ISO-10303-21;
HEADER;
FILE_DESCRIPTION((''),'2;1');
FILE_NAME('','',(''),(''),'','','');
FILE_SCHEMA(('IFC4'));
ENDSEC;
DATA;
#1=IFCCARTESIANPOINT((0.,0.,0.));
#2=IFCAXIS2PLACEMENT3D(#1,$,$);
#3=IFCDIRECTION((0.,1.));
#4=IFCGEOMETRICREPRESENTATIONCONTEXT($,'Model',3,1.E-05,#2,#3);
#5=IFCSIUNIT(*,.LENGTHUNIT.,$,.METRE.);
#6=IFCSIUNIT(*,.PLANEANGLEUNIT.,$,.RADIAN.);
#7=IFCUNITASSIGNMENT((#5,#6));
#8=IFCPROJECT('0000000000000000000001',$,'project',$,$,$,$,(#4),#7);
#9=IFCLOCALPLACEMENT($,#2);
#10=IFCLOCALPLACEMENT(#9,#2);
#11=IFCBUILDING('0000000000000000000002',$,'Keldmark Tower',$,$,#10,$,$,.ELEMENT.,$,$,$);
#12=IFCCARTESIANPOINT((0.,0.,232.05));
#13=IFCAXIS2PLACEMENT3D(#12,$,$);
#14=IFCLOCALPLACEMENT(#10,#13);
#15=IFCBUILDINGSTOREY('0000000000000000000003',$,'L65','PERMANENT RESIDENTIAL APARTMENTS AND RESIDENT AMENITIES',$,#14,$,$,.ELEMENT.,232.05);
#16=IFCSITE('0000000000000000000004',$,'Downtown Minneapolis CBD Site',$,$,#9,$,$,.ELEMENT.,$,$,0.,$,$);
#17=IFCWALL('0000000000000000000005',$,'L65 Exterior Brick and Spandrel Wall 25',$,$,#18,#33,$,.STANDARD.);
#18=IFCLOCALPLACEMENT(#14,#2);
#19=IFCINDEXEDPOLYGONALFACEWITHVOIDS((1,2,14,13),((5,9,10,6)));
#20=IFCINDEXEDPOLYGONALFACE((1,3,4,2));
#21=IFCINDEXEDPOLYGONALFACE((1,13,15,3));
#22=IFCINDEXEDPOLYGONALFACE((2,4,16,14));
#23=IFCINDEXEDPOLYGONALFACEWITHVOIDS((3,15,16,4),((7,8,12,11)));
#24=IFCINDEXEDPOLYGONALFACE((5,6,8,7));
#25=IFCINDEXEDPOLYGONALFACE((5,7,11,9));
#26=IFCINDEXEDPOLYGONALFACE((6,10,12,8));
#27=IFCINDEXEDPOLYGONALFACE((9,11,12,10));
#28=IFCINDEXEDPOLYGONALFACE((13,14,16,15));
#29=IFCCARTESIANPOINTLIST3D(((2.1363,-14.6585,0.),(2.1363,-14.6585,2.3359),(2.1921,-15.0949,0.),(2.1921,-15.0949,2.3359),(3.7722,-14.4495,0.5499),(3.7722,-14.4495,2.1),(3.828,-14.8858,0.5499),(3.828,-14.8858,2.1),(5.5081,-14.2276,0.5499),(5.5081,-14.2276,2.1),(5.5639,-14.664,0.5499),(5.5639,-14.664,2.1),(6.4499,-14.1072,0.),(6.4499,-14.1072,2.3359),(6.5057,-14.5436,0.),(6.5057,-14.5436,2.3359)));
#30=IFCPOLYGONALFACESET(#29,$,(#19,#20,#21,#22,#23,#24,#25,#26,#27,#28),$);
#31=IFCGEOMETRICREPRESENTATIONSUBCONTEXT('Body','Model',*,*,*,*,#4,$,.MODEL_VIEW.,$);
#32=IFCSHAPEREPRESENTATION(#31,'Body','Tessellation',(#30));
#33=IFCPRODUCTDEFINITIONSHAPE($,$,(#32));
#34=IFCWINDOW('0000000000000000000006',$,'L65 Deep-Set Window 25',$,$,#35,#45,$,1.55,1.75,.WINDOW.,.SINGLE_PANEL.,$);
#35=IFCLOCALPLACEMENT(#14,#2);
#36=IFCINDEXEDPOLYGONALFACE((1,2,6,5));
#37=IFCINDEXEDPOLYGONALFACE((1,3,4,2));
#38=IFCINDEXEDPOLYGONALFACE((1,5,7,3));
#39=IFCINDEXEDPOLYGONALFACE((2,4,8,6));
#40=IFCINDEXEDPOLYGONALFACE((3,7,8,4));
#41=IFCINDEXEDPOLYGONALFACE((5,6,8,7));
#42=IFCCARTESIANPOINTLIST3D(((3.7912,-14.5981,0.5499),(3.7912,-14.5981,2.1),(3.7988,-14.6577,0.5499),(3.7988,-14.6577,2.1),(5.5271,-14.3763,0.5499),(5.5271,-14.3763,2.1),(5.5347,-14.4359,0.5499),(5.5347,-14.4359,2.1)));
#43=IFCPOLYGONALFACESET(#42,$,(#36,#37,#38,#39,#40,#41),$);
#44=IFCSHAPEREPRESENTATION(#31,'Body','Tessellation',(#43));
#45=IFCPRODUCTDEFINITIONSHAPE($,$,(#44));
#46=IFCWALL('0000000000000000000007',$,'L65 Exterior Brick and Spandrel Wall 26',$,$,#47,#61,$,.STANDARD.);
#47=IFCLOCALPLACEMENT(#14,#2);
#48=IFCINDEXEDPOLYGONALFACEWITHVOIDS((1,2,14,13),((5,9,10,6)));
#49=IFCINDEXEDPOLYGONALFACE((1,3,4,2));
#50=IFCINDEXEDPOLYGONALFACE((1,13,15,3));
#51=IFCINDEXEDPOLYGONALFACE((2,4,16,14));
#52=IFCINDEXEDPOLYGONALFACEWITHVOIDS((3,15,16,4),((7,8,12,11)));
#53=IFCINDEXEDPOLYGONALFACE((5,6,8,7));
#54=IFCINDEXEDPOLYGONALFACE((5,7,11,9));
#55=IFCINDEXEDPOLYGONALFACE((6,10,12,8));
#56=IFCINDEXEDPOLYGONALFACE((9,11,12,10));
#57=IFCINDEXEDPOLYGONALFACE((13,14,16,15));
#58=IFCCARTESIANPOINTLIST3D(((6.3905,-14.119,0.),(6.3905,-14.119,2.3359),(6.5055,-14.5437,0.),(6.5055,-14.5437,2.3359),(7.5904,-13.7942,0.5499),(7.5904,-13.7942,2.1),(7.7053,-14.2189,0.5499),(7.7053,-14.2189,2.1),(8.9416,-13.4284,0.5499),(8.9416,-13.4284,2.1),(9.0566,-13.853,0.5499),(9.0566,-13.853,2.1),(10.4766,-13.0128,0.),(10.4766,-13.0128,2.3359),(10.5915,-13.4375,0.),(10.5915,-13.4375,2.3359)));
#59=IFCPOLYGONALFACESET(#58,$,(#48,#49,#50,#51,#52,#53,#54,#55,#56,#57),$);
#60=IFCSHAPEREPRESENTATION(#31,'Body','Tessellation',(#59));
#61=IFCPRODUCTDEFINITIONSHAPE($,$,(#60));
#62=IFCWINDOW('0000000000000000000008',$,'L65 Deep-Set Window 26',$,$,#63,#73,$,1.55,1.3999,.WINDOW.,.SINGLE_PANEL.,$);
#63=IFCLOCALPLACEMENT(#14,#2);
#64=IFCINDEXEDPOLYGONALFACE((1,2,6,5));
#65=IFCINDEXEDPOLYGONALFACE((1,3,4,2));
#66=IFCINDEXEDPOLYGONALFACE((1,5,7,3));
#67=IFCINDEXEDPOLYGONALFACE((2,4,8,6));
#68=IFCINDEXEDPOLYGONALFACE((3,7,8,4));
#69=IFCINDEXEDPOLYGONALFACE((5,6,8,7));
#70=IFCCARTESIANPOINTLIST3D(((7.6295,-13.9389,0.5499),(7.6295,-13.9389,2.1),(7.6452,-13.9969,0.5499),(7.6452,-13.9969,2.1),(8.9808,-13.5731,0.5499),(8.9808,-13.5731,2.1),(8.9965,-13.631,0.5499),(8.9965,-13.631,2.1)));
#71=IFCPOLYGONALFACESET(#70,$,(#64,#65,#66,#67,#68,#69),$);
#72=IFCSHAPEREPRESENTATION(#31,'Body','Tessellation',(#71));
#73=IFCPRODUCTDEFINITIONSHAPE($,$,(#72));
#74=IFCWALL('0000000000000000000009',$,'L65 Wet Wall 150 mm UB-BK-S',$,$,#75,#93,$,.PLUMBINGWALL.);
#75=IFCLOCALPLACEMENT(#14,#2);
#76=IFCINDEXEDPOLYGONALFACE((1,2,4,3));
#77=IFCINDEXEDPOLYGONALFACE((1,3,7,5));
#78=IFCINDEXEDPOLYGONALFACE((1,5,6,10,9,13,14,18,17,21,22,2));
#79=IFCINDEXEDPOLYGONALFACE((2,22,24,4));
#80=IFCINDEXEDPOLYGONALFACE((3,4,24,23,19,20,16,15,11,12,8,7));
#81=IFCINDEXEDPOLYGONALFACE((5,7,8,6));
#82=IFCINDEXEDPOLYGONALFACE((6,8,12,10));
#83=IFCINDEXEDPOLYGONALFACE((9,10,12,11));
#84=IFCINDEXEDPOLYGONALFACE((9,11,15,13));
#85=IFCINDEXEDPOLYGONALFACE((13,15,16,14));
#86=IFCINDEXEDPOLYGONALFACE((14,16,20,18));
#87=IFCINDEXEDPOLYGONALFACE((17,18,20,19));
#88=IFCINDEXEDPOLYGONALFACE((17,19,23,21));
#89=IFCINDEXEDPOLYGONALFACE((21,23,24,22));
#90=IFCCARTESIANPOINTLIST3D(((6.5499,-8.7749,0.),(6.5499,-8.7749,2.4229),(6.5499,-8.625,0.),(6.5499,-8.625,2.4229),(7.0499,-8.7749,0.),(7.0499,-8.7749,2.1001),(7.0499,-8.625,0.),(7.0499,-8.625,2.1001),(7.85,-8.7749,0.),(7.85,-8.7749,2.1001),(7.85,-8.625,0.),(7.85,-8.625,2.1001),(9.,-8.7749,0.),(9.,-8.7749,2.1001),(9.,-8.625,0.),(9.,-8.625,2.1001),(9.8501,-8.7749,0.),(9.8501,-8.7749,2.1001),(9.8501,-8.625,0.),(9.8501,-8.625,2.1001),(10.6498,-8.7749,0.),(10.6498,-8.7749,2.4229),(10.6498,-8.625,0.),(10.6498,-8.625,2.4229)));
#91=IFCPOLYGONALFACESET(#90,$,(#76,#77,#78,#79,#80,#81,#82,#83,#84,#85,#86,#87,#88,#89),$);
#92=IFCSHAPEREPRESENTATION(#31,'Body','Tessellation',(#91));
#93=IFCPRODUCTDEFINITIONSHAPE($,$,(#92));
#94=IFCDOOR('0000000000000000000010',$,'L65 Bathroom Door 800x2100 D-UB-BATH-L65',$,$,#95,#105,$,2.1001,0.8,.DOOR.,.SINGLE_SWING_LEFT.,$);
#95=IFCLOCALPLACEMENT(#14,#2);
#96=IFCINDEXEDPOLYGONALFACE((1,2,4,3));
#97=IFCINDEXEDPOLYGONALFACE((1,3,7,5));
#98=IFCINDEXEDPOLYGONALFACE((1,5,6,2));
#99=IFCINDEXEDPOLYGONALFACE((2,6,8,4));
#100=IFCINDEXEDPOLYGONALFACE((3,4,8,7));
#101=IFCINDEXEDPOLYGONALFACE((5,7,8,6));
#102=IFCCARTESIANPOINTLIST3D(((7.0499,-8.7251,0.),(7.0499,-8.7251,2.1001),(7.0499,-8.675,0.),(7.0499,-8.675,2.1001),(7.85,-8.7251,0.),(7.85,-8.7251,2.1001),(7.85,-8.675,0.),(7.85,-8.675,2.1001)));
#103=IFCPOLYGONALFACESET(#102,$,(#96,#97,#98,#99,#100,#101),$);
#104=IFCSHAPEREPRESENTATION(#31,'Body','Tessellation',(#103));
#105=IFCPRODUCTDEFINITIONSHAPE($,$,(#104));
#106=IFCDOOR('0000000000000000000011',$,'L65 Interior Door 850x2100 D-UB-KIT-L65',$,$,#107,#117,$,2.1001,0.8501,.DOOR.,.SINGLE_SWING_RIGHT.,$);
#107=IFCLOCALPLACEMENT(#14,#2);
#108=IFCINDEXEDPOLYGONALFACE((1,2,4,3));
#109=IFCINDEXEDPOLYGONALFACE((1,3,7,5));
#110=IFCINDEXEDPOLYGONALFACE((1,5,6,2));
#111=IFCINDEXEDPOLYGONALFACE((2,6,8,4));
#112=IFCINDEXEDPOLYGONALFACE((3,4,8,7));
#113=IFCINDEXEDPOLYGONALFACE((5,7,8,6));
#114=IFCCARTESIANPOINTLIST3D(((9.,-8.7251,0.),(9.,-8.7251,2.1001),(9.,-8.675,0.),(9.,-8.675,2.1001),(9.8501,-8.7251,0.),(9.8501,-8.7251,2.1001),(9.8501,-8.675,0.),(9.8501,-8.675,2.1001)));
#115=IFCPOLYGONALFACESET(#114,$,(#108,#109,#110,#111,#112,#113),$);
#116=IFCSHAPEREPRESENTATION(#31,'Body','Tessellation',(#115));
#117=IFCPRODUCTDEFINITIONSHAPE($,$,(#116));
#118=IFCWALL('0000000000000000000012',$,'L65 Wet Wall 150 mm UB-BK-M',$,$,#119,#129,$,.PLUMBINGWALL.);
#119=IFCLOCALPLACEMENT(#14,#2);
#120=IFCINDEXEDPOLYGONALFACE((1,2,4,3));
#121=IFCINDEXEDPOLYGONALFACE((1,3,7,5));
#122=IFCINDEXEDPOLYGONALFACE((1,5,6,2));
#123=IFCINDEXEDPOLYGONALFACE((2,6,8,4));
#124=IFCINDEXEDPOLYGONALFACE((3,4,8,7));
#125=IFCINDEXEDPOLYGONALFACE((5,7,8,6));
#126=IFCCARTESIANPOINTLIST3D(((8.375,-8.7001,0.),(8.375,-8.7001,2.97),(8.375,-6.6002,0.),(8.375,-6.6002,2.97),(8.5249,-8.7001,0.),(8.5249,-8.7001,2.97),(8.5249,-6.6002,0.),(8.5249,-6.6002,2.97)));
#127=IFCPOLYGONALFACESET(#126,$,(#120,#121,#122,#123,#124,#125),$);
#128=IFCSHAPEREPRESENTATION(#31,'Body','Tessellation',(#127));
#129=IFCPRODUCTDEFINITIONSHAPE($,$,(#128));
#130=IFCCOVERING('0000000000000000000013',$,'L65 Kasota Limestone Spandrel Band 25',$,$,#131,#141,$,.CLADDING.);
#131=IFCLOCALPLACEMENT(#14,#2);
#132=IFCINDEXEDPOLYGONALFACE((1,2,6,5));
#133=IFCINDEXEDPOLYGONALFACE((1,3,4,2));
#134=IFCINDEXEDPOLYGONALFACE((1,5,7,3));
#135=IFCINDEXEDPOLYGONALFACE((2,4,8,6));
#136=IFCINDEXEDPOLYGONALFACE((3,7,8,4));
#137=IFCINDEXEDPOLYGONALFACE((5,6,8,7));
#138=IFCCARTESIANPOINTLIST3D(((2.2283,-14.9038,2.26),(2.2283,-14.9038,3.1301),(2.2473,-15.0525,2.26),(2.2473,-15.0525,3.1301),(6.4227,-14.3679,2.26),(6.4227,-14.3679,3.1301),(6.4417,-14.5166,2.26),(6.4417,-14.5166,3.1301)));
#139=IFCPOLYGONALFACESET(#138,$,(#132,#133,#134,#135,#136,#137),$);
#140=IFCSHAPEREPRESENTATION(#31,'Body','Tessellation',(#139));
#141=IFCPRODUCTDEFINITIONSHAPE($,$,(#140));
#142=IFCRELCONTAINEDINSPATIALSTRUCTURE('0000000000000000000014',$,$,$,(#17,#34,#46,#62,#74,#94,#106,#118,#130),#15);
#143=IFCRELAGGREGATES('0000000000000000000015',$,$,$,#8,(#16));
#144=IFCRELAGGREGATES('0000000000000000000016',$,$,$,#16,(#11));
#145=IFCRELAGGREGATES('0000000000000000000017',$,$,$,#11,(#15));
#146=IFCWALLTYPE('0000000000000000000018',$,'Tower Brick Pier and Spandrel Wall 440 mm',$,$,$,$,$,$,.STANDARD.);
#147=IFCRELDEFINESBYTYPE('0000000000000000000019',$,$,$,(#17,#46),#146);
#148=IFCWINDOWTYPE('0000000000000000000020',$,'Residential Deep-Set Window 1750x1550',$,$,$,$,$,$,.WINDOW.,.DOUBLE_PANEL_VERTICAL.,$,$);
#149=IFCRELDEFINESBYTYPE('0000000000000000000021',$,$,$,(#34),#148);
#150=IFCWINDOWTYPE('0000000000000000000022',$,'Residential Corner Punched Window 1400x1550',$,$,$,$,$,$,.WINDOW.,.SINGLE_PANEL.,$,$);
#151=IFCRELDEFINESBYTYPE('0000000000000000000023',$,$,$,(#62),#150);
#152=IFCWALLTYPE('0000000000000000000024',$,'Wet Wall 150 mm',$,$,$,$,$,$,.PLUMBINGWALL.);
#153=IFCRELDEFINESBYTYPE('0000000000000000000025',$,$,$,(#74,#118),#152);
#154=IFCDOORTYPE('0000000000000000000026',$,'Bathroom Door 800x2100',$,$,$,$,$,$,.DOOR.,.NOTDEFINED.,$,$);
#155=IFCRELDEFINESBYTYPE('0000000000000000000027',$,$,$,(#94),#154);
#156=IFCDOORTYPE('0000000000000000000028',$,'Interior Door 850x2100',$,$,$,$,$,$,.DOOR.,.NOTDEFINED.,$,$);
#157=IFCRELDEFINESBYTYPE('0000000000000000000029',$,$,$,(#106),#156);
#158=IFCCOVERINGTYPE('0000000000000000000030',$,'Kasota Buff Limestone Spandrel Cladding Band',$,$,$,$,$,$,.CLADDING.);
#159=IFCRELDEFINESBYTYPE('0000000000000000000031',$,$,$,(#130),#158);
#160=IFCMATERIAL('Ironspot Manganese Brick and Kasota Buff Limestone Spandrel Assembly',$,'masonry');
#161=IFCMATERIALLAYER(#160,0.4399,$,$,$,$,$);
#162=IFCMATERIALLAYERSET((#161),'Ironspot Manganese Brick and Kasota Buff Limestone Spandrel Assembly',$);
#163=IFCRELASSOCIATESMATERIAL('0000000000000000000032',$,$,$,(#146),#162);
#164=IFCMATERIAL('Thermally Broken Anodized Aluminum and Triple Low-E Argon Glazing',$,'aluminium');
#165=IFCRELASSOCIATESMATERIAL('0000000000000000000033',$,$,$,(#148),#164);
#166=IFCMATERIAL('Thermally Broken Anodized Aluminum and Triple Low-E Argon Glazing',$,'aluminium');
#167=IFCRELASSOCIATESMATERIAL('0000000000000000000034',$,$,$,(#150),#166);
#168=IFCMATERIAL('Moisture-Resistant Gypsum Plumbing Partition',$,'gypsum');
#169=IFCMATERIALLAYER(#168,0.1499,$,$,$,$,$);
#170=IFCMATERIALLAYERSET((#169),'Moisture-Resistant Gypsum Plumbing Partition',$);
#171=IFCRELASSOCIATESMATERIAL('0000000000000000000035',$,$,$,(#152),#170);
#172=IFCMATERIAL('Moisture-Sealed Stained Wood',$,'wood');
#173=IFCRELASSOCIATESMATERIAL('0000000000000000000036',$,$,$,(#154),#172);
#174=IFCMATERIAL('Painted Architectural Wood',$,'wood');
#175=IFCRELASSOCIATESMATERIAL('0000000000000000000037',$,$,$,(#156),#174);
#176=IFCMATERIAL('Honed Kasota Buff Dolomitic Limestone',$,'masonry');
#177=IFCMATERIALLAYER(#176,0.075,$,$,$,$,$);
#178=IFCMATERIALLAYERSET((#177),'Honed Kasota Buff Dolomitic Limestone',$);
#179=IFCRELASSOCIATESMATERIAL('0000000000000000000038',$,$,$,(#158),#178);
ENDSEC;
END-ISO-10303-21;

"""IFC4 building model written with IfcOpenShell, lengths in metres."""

from ifc_helpers import new_model, si_unit, direction, frame, frame_2d, origin, origin_2d, place, context, subcontext, project, spatial, rectangle, extrude, material, layer, layer_set, type_object, element, fill, save


model = new_model("IFC4")

# Units and contexts
model_context = context("Model", 3, precision=1e-05, world=origin(), true_north=direction((0.0, 1.0)))
body_context = subcontext(model_context, "Body", "Model", "MODEL_VIEW")
ifc_project = project(units=[si_unit("LENGTHUNIT", "METRE"), si_unit("PLANEANGLEUNIT", "RADIAN")], contexts=[model_context])

# Site, building, storey
site_placement = place(None, origin())
site = spatial("IfcSite", under=ifc_project, at=site_placement, Name="Downtown Minneapolis CBD Site", CompositionType="ELEMENT", RefElevation=0.0)
building_placement = place(site_placement, origin())
building = spatial("IfcBuilding", under=site, at=building_placement, Name="Keldmark Tower", CompositionType="ELEMENT")
storey_placement = place(building_placement, frame((0.0, 0.0, 232.05)))
storey = spatial("IfcBuildingStorey", under=building, at=storey_placement, Name="L65", Description="PERMANENT RESIDENTIAL APARTMENTS AND RESIDENT AMENITIES", CompositionType="ELEMENT", Elevation=232.05)

# Walls, openings, windows
ifc_material_1 = material(Name="Ironspot Manganese Brick and Kasota Buff Limestone Spandrel Assembly", Category="masonry")
ifc_layer_1 = layer(ifc_material_1, 0.4399)
ifc_layer_set_1 = layer_set([ifc_layer_1], Name="Ironspot Manganese Brick and Kasota Buff Limestone Spandrel Assembly")
wall_type_1 = type_object("IfcWallType", Name="Tower Brick Pier and Spandrel Wall 440 mm", PredefinedType="STANDARD", material=ifc_layer_set_1)
wall_1_placement = place(storey_placement, frame((6.4778, -14.3254, 0.0), z_axis=(0.0, 0.0, 1.0), x_axis=(-0.991932, -0.126771, 0.0)))
wall_1 = element("IfcWall", 1, at=wall_1_placement, inside=storey, type_object=wall_type_1, Name="L65 Exterior Brick and Spandrel Wall 25", PredefinedType="STANDARD", context=body_context, shape_type="SweptSolid", body=[
    extrude(rectangle(XDim=4.3486, YDim=0.4399, at=frame_2d((2.1743, 0.0))), origin(), (0.0, 0.0, 1.0), 2.3359),
])
opening_1_placement = place(wall_1_placement, frame((0.9495, 0.0, 0.55)))
opening_1 = element("IfcOpeningElement", 2, at=opening_1_placement, cuts=wall_1, PredefinedType="OPENING", context=body_context, shape_type="SweptSolid", body=[
    extrude(rectangle(XDim=1.75, YDim=1.55, at=frame_2d((0.875, 0.7749))), frame((0.0, 0.23, 0.0), z_axis=(0.0, -1.0, 0.0), x_axis=(1.0, 0.0, 0.0)), (0.0, 0.0, 1.0), 0.46),
])
ifc_material_2 = material(Name="Thermally Broken Anodized Aluminum and Triple Low-E Argon Glazing", Category="aluminium")
window_type_1 = type_object("IfcWindowType", Name="Residential Deep-Set Window 1750x1550", PartitioningType="DOUBLE_PANEL_VERTICAL", PredefinedType="WINDOW", material=ifc_material_2)
window_1_placement = place(opening_1_placement, origin())
window_1 = element("IfcWindow", 3, at=window_1_placement, inside=storey, type_object=window_type_1, Name="L65 Deep-Set Window 25", OverallHeight=1.55, OverallWidth=1.75, PartitioningType="SINGLE_PANEL", PredefinedType="WINDOW", context=body_context, shape_type="SweptSolid", body=[
    extrude(rectangle(XDim=1.75, YDim=1.55, at=frame_2d((0.875, 0.7749))), frame((0.0, -0.01, 0.0), z_axis=(0.0, -1.0, 0.0), x_axis=(1.0, 0.0, 0.0)), (0.0, 0.0, 1.0), 0.0601),
])
fill(opening_1, window_1)
wall_2_placement = place(storey_placement, frame((10.5342, -13.2251, 0.0), z_axis=(0.0, 0.0, 1.0), x_axis=(-0.965251, -0.261326, 0.0)))
wall_2 = element("IfcWall", 4, at=wall_2_placement, inside=storey, type_object=wall_type_1, Name="L65 Exterior Brick and Spandrel Wall 26", PredefinedType="STANDARD", context=body_context, shape_type="SweptSolid", body=[
    extrude(rectangle(XDim=4.2332, YDim=0.4399, at=frame_2d((2.1167, 0.0))), origin(), (0.0, 0.0, 1.0), 2.3359),
])
opening_2_placement = place(wall_2_placement, frame((1.5903, 0.0, 0.55)))
opening_2 = element("IfcOpeningElement", 5, at=opening_2_placement, cuts=wall_2, PredefinedType="OPENING", context=body_context, shape_type="SweptSolid", body=[
    extrude(rectangle(XDim=1.3999, YDim=1.55, at=frame_2d((0.7, 0.7749))), frame((0.0, 0.23, 0.0), z_axis=(0.0, -1.0, 0.0), x_axis=(1.0, 0.0, 0.0)), (0.0, 0.0, 1.0), 0.46),
])
ifc_material_3 = material(Name="Thermally Broken Anodized Aluminum and Triple Low-E Argon Glazing", Category="aluminium")
window_type_2 = type_object("IfcWindowType", Name="Residential Corner Punched Window 1400x1550", PartitioningType="SINGLE_PANEL", PredefinedType="WINDOW", material=ifc_material_3)
window_2_placement = place(opening_2_placement, origin())
window_2 = element("IfcWindow", 6, at=window_2_placement, inside=storey, type_object=window_type_2, Name="L65 Deep-Set Window 26", OverallHeight=1.55, OverallWidth=1.3999, PartitioningType="SINGLE_PANEL", PredefinedType="WINDOW", context=body_context, shape_type="SweptSolid", body=[
    extrude(rectangle(XDim=1.3999, YDim=1.55, at=frame_2d((0.7, 0.7749))), frame((0.0, -0.01, 0.0), z_axis=(0.0, -1.0, 0.0), x_axis=(1.0, 0.0, 0.0)), (0.0, 0.0, 1.0), 0.0601),
])
fill(opening_2, window_2)

# Wall, openings, doors
ifc_material_4 = material(Name="Moisture-Resistant Gypsum Plumbing Partition", Category="gypsum")
ifc_layer_2 = layer(ifc_material_4, 0.1499)
ifc_layer_set_2 = layer_set([ifc_layer_2], Name="Moisture-Resistant Gypsum Plumbing Partition")
wall_type_2 = type_object("IfcWallType", Name="Wet Wall 150 mm", PredefinedType="PLUMBINGWALL", material=ifc_layer_set_2)
wall_3_placement = place(storey_placement, frame((6.55, -8.7, 0.0), z_axis=(0.0, 0.0, 1.0), x_axis=(1.0, 0.0, 0.0)))
wall_3 = element("IfcWall", 7, at=wall_3_placement, inside=storey, type_object=wall_type_2, Name="L65 Wet Wall 150 mm UB-BK-S", PredefinedType="PLUMBINGWALL", context=body_context, shape_type="SweptSolid", body=[
    extrude(rectangle(XDim=4.0999, YDim=0.1499, at=frame_2d((2.0498, 0.0))), origin(), (0.0, 0.0, 1.0), 2.4229),
])
opening_3_placement = place(wall_3_placement, frame((0.5, 0.0, 0.0)))
opening_3 = element("IfcOpeningElement", 8, at=opening_3_placement, cuts=wall_3, PredefinedType="OPENING", context=body_context, shape_type="SweptSolid", body=[
    extrude(rectangle(XDim=0.8, YDim=2.1001, at=frame_2d((0.3999, 1.05))), frame((0.0, 0.085, 0.0), z_axis=(0.0, -1.0, 0.0), x_axis=(1.0, 0.0, 0.0)), (0.0, 0.0, 1.0), 0.1699),
])
opening_4_placement = place(wall_3_placement, frame((2.45, 0.0, 0.0)))
opening_4 = element("IfcOpeningElement", 9, at=opening_4_placement, cuts=wall_3, PredefinedType="OPENING", context=body_context, shape_type="SweptSolid", body=[
    extrude(rectangle(XDim=0.8501, YDim=2.1001, at=frame_2d((0.425, 1.05))), frame((0.0, 0.085, 0.0), z_axis=(0.0, -1.0, 0.0), x_axis=(1.0, 0.0, 0.0)), (0.0, 0.0, 1.0), 0.1699),
])
ifc_material_5 = material(Name="Moisture-Sealed Stained Wood", Category="wood")
door_type_1 = type_object("IfcDoorType", Name="Bathroom Door 800x2100", OperationType="NOTDEFINED", PredefinedType="DOOR", material=ifc_material_5)
door_1_placement = place(opening_3_placement, origin())
door_1 = element("IfcDoor", 10, at=door_1_placement, inside=storey, type_object=door_type_1, Name="L65 Bathroom Door 800x2100 D-UB-BATH-L65", OperationType="SINGLE_SWING_LEFT", OverallHeight=2.1001, OverallWidth=0.8, PredefinedType="DOOR", context=body_context, shape_type="SweptSolid", body=[
    extrude(rectangle(XDim=0.8, YDim=2.1001, at=frame_2d((0.3999, 1.05))), frame((0.0, 0.0249, 0.0), z_axis=(0.0, -1.0, 0.0), x_axis=(1.0, 0.0, 0.0)), (0.0, 0.0, 1.0), 0.05),
])
fill(opening_3, door_1)
ifc_material_6 = material(Name="Painted Architectural Wood", Category="wood")
door_type_2 = type_object("IfcDoorType", Name="Interior Door 850x2100", OperationType="NOTDEFINED", PredefinedType="DOOR", material=ifc_material_6)
door_2_placement = place(opening_4_placement, origin())
door_2 = element("IfcDoor", 11, at=door_2_placement, inside=storey, type_object=door_type_2, Name="L65 Interior Door 850x2100 D-UB-KIT-L65", OperationType="SINGLE_SWING_RIGHT", OverallHeight=2.1001, OverallWidth=0.8501, PredefinedType="DOOR", context=body_context, shape_type="SweptSolid", body=[
    extrude(rectangle(XDim=0.8501, YDim=2.1001, at=frame_2d((0.425, 1.05))), frame((0.0, 0.0249, 0.0), z_axis=(0.0, -1.0, 0.0), x_axis=(1.0, 0.0, 0.0)), (0.0, 0.0, 1.0), 0.05),
])
fill(opening_4, door_2)

# Wall
wall_4_placement = place(storey_placement, frame((8.45, -8.7, 0.0), z_axis=(0.0, 0.0, 1.0), x_axis=(0.0, 1.0, 0.0)))
element("IfcWall", 12, at=wall_4_placement, inside=storey, type_object=wall_type_2, Name="L65 Wet Wall 150 mm UB-BK-M", PredefinedType="PLUMBINGWALL", context=body_context, shape_type="SweptSolid", body=[
    extrude(rectangle(XDim=2.0999, YDim=0.1499, at=frame_2d((1.0498, 0.0))), origin(), (0.0, 0.0, 1.0), 2.97),
])

# Covering
ifc_material_7 = material(Name="Honed Kasota Buff Dolomitic Limestone", Category="masonry")
ifc_layer_3 = layer(ifc_material_7, 0.075)
ifc_layer_set_3 = layer_set([ifc_layer_3], Name="Honed Kasota Buff Dolomitic Limestone")
covering_type = type_object("IfcCoveringType", Name="Kasota Buff Limestone Spandrel Cladding Band", PredefinedType="CLADDING", material=ifc_layer_set_3)
covering_placement = place(storey_placement, frame((4.335, -14.7102, 2.26), z_axis=(0.0, 0.0, 1.0), x_axis=(0.991934, 0.126753, 0.0)))
element("IfcCovering", 13, at=covering_placement, inside=storey, type_object=covering_type, Name="L65 Kasota Limestone Spandrel Band 25", PredefinedType="CLADDING", context=body_context, shape_type="SweptSolid", body=[
    extrude(rectangle(XDim=4.2285, YDim=0.1499, at=origin_2d()), origin(), (0.0, 0.0, 1.0), 0.8701),
])

save(model, "model.ifc")
